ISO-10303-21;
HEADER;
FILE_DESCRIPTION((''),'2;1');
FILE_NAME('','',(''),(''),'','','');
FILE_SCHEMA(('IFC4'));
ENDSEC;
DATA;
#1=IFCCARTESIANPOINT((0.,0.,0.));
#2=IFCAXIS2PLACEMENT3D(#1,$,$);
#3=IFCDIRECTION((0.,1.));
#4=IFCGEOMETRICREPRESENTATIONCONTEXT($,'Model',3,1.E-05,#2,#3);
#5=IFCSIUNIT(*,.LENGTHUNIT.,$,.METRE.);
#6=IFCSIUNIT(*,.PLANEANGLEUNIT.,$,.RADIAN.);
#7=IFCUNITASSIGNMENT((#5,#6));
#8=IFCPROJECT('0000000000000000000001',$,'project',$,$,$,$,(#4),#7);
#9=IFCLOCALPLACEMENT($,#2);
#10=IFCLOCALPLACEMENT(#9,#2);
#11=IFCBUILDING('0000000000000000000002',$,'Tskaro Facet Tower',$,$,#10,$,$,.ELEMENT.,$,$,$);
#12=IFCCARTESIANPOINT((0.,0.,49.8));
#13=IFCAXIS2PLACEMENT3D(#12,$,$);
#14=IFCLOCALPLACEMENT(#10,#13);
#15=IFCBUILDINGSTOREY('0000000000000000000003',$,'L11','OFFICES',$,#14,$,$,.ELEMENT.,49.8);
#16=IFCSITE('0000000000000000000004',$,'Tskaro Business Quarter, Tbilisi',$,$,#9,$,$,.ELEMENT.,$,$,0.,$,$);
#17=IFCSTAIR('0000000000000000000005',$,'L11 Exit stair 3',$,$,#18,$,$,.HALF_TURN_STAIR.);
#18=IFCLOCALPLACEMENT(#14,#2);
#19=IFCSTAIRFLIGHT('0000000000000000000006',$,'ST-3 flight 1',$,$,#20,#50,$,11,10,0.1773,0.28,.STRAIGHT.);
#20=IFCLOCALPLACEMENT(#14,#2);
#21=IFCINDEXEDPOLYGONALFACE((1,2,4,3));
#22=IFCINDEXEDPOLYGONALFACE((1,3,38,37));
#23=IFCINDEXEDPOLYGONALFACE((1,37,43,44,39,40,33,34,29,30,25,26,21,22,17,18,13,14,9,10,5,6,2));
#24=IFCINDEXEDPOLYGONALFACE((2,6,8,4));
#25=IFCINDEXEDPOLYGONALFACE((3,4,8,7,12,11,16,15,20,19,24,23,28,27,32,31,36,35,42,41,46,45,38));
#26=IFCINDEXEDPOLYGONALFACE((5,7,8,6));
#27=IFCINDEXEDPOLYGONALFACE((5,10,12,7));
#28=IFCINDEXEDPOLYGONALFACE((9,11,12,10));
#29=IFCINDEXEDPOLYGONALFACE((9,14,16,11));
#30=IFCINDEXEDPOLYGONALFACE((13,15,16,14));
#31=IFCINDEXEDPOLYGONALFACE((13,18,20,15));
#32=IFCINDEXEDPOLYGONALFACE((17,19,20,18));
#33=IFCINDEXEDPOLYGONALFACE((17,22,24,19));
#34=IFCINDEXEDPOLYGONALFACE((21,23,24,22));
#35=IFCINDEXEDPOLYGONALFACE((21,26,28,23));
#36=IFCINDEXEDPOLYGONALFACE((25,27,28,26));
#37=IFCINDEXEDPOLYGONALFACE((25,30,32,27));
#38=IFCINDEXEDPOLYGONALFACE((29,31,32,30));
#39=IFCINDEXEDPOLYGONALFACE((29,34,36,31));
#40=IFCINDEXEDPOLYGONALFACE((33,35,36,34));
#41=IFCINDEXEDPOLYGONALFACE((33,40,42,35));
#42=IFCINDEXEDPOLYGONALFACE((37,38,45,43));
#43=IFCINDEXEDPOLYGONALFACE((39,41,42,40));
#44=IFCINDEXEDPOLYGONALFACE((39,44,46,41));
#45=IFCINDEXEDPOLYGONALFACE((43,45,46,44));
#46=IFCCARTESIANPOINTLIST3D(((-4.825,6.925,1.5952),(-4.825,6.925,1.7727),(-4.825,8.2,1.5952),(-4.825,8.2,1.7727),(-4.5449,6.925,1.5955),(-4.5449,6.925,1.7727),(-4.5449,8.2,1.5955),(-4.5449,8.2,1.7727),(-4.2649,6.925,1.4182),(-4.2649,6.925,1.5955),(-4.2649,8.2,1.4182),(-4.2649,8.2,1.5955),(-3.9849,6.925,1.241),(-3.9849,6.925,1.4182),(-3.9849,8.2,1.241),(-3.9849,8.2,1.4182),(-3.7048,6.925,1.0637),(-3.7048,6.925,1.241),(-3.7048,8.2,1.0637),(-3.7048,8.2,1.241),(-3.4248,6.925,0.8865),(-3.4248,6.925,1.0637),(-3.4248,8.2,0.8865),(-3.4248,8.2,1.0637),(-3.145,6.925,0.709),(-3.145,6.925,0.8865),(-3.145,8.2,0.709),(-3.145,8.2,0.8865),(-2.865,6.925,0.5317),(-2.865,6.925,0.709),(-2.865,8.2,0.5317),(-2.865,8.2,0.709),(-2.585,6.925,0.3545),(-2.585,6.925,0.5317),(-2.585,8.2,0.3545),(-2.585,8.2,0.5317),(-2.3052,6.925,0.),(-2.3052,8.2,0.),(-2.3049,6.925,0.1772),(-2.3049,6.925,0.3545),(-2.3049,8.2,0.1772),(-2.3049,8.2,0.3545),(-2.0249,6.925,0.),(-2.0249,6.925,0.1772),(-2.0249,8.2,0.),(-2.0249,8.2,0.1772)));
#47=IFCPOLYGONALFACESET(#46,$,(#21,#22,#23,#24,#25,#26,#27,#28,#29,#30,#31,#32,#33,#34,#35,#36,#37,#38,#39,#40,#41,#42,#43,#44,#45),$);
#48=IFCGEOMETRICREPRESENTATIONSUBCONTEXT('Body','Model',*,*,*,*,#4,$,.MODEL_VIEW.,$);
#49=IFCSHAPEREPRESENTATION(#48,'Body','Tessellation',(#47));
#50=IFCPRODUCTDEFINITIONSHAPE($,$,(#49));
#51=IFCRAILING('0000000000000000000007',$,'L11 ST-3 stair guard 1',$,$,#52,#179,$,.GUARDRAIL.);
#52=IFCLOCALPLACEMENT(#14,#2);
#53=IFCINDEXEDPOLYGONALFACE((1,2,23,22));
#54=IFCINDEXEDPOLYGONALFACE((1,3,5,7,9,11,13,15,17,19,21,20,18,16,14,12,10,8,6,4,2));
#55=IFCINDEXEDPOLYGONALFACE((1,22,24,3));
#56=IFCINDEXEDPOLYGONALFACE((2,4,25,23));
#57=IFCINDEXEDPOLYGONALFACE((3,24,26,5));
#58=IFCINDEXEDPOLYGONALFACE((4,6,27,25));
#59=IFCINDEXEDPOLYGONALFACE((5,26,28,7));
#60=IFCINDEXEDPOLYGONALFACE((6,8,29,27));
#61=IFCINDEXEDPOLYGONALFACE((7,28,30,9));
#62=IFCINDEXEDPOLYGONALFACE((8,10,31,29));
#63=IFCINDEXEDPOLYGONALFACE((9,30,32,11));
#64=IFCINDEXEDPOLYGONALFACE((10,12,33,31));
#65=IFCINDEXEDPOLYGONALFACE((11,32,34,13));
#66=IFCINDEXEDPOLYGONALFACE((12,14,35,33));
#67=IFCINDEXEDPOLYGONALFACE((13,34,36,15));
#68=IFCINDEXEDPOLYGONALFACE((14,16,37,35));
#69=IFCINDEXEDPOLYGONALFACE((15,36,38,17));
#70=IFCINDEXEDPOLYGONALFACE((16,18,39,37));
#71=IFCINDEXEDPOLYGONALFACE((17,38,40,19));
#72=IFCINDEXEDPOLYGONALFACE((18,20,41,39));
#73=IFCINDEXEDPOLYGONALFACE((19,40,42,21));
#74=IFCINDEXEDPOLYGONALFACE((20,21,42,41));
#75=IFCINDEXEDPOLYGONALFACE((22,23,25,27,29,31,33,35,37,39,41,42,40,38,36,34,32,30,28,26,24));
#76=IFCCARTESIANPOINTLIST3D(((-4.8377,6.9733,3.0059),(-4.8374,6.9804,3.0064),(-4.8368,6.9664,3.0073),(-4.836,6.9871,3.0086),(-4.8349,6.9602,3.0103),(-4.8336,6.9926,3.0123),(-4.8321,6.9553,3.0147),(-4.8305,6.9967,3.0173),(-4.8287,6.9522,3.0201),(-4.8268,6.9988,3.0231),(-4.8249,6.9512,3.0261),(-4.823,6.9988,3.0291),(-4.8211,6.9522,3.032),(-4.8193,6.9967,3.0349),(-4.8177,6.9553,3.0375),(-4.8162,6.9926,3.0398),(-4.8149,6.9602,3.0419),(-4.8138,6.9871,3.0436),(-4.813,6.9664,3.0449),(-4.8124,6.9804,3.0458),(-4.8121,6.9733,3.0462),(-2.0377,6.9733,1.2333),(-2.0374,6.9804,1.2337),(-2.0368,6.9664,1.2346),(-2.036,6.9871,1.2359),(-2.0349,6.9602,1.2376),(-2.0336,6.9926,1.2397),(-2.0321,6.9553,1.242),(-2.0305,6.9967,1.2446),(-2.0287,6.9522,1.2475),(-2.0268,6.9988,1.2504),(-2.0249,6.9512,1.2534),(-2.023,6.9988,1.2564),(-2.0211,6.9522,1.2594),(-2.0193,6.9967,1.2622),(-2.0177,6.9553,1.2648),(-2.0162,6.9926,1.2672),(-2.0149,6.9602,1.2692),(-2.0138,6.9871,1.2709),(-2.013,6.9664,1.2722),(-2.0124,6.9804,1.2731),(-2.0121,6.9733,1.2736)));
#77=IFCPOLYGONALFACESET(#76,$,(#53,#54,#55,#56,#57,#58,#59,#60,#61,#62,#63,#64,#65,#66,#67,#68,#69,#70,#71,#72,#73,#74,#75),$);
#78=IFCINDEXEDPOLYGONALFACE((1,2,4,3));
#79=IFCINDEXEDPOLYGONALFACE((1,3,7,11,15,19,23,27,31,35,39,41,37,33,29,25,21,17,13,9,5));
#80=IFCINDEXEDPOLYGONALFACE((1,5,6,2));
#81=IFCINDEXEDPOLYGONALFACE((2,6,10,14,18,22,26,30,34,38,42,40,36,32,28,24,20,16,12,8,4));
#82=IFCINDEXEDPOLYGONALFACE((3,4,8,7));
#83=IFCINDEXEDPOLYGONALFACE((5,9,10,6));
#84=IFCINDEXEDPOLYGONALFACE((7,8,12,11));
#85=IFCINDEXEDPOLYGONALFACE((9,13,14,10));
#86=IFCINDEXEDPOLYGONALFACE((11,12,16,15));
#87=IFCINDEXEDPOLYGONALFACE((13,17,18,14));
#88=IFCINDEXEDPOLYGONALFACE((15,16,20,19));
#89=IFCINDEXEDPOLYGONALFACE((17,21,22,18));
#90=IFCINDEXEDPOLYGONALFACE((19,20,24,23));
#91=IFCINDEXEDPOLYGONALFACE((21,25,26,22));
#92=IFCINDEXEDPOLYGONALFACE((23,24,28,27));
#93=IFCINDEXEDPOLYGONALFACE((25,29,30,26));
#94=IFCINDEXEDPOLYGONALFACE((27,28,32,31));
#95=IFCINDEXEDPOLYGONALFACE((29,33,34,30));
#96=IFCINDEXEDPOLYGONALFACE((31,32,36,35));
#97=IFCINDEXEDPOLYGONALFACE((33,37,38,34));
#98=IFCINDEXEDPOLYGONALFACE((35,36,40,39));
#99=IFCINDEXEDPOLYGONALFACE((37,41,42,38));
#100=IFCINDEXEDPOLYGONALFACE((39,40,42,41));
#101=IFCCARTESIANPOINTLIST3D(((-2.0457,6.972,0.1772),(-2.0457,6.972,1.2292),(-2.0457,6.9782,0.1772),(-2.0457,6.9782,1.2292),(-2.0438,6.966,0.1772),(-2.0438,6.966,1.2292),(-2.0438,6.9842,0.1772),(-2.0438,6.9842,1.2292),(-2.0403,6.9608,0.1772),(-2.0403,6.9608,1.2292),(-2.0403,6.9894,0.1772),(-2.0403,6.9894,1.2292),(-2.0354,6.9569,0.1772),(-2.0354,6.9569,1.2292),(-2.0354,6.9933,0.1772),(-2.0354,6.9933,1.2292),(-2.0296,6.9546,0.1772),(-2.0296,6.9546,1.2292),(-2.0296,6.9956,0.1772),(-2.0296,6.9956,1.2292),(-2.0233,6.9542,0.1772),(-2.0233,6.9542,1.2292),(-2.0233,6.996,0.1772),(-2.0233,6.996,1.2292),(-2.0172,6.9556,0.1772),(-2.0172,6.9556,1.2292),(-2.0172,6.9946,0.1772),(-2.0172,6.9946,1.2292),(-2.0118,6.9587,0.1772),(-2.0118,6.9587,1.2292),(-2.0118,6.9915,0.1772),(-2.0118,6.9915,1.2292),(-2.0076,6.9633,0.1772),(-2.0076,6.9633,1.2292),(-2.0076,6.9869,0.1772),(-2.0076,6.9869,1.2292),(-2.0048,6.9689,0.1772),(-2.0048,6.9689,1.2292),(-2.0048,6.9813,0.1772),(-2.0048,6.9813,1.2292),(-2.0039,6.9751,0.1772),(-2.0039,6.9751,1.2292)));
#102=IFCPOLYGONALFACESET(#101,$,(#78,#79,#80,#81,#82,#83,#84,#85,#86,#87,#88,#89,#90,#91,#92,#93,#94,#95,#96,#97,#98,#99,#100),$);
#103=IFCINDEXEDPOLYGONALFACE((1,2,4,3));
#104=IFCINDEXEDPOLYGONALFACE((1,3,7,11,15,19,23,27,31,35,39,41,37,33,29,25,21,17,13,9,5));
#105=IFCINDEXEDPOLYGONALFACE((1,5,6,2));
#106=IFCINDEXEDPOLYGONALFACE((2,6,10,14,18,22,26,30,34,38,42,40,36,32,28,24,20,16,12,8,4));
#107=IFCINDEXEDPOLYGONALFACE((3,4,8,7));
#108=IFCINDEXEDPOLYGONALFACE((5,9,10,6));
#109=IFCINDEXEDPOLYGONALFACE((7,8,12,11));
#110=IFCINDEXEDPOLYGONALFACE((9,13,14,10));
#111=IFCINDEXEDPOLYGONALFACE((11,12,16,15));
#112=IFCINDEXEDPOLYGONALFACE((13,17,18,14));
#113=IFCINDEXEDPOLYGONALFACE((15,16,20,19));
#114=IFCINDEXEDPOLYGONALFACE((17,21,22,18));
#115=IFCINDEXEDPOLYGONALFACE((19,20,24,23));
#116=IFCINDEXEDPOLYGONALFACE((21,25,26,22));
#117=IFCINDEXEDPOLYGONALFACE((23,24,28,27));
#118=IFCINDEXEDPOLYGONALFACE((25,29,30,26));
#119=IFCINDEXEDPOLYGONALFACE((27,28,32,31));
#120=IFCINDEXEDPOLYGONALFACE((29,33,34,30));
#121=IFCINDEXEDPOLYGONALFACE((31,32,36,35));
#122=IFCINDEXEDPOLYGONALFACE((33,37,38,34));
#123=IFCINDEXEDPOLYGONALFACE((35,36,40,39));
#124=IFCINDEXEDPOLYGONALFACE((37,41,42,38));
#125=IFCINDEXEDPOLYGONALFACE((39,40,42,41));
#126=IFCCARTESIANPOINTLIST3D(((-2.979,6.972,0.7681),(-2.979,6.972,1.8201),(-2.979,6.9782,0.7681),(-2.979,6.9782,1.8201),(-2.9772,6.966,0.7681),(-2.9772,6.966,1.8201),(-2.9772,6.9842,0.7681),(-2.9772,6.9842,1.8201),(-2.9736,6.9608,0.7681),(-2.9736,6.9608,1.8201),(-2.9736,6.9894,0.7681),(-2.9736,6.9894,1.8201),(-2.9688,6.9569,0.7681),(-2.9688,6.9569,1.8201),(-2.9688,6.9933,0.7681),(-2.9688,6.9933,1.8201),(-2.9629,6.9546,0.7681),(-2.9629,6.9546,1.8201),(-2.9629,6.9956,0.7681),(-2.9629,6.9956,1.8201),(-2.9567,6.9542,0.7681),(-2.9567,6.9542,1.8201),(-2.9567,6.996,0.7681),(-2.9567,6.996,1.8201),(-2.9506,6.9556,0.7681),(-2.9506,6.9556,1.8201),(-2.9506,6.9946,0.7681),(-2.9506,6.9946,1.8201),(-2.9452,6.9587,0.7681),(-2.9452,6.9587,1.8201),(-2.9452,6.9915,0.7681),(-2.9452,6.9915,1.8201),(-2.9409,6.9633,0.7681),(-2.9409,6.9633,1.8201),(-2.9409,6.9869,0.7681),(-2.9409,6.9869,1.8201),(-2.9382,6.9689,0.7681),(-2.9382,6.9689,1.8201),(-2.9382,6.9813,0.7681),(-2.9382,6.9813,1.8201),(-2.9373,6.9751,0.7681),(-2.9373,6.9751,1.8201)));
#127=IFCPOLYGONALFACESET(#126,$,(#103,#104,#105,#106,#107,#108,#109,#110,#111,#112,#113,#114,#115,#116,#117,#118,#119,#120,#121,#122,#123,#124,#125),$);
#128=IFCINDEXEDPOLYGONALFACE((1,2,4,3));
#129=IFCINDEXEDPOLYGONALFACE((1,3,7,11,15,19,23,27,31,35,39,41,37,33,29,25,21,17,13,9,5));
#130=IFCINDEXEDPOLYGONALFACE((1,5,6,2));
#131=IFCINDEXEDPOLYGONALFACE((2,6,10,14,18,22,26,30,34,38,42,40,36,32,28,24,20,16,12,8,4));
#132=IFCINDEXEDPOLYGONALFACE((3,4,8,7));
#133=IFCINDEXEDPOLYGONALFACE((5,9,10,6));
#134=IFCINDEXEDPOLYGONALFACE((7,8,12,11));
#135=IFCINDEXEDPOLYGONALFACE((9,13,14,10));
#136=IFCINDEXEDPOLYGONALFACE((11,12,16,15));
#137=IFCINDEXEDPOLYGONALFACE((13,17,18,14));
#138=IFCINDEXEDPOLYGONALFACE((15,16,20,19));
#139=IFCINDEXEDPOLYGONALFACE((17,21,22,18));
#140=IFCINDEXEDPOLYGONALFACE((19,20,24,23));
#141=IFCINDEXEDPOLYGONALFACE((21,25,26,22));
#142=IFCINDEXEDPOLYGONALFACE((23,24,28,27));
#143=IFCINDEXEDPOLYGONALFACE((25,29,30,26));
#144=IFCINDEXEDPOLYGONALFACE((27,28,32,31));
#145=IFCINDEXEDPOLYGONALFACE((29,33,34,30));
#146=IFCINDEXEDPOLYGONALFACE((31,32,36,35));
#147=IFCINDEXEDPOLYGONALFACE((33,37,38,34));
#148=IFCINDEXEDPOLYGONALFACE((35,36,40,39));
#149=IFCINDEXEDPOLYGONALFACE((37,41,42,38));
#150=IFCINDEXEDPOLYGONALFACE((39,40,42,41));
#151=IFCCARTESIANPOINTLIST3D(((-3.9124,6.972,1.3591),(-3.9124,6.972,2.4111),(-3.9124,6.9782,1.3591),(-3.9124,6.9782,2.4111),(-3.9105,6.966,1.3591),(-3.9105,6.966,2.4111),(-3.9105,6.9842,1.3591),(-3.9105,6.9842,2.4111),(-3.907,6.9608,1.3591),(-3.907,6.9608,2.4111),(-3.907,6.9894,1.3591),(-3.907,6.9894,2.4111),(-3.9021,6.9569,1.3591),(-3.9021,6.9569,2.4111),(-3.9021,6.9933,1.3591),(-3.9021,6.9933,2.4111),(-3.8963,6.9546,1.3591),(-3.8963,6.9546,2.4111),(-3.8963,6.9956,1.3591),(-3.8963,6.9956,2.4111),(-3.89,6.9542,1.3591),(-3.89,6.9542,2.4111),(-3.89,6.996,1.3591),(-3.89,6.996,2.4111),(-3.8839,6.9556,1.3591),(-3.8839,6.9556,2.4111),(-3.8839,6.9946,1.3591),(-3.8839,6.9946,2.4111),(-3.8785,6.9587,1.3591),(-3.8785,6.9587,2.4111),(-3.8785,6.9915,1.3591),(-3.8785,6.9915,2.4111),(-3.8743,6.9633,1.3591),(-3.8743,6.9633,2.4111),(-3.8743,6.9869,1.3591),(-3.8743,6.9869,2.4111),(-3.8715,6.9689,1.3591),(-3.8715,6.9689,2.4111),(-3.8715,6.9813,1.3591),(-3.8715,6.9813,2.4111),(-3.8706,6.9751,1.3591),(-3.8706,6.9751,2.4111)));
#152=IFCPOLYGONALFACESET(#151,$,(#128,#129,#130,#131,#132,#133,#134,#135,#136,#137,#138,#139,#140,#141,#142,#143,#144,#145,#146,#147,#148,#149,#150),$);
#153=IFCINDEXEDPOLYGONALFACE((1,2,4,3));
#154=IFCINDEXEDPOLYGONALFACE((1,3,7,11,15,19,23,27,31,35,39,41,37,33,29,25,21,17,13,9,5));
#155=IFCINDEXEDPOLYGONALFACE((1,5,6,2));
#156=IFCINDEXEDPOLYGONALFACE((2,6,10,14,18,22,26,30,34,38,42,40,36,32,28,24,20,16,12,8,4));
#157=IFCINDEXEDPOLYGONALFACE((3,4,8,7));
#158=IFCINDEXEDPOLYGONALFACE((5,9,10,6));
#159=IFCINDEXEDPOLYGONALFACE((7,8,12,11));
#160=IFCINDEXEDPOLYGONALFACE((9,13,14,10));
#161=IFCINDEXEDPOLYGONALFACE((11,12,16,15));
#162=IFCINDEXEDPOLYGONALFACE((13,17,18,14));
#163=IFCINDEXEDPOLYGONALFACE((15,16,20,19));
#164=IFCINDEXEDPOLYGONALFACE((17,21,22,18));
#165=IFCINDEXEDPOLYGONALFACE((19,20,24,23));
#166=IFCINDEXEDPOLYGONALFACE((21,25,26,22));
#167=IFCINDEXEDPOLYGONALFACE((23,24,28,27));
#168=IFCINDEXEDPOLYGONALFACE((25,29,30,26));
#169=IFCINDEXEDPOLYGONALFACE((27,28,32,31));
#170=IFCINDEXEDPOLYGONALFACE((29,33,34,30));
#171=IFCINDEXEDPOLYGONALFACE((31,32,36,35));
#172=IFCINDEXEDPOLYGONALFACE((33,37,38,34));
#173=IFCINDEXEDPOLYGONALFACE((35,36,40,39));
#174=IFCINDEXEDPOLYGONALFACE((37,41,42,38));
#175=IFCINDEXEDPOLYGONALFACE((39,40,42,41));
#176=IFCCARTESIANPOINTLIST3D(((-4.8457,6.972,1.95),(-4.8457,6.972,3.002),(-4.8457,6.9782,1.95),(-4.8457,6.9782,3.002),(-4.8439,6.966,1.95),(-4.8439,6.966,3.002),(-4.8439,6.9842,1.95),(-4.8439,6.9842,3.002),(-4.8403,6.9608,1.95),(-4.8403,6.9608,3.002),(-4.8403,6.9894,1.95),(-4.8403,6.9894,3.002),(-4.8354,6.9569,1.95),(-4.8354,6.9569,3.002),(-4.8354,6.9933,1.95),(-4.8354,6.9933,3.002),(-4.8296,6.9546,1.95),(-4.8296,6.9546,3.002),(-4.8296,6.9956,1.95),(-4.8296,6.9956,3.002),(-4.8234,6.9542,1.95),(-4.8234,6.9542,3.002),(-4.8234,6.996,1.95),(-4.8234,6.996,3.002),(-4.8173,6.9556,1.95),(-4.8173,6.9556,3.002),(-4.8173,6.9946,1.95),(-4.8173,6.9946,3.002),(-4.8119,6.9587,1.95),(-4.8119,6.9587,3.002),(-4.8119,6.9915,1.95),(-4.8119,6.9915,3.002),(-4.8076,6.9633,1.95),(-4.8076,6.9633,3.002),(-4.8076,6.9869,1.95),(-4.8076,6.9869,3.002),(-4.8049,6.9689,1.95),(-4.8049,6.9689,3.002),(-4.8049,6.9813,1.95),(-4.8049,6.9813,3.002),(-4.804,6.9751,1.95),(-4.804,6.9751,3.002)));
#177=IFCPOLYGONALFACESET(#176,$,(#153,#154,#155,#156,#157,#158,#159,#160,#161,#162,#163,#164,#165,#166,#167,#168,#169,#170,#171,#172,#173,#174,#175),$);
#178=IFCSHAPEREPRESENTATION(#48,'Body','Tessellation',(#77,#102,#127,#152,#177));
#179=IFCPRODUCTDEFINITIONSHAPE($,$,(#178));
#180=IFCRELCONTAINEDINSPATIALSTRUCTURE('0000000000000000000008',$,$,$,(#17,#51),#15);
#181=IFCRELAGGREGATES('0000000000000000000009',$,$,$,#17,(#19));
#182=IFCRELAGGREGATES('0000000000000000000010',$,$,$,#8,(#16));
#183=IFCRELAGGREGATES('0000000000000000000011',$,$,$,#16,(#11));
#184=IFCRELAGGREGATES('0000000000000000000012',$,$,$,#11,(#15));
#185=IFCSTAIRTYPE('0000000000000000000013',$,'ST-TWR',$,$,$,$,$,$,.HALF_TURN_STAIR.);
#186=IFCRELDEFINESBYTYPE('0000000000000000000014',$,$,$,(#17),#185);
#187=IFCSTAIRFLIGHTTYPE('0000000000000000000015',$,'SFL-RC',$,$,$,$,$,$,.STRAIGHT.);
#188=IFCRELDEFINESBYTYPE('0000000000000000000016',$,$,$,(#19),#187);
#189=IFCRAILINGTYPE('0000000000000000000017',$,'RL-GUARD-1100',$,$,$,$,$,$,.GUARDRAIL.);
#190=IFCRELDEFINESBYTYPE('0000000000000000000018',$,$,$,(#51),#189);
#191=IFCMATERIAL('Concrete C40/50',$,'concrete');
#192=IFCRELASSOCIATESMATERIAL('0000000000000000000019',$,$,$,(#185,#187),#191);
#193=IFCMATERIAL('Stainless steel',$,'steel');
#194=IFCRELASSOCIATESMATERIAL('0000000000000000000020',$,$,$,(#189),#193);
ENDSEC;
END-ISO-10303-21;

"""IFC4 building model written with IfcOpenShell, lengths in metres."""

from ifc_helpers import new_model, si_unit, direction, frame, origin, origin_2d, place, context, subcontext, project, spatial, polyline, circle, outline, extrude, material, type_object, element, aggregate, save


model = new_model("IFC4")

# Units and contexts
model_context = context("Model", 3, precision=1e-05, world=origin(), true_north=direction((0.0, 1.0)))
body_context = subcontext(model_context, "Body", "Model", "MODEL_VIEW")
ifc_project = project(units=[si_unit("LENGTHUNIT", "METRE"), si_unit("PLANEANGLEUNIT", "RADIAN")], contexts=[model_context])

# Site, building, storey
site_placement = place(None, origin())
site = spatial("IfcSite", under=ifc_project, at=site_placement, Name="Tskaro Business Quarter, Tbilisi", CompositionType="ELEMENT", RefElevation=0.0)
building_placement = place(site_placement, origin())
building = spatial("IfcBuilding", under=site, at=building_placement, Name="Tskaro Facet Tower", CompositionType="ELEMENT")
storey_placement = place(building_placement, frame((0.0, 0.0, 49.8)))
storey = spatial("IfcBuildingStorey", under=building, at=storey_placement, Name="L11", Description="OFFICES", CompositionType="ELEMENT", Elevation=49.8)

# Stair
ifc_material_1 = material(Name="Concrete C40/50", Category="concrete")
stair_type = type_object("IfcStairType", Name="ST-TWR", PredefinedType="HALF_TURN_STAIR", material=ifc_material_1)
stair_placement = place(storey_placement, origin())
stair = element("IfcStair", 1, at=stair_placement, inside=storey, type_object=stair_type, Name="L11 Exit stair 3", PredefinedType="HALF_TURN_STAIR")

# Stair flight
stair_flight_type = type_object("IfcStairFlightType", Name="SFL-RC", PredefinedType="STRAIGHT", material=ifc_material_1)
stair_flight_placement = place(storey_placement, frame((-2.0249, 7.5625, 0.0), z_axis=(0.0, 0.0, 1.0), x_axis=(-1.0, 0.0, 0.0)))
stair_flight = element("IfcStairFlight", 2, at=stair_flight_placement, type_object=stair_flight_type, Name="ST-3 flight 1", NumberOfRisers=11, NumberOfTreads=10, PredefinedType="STRAIGHT", RiserHeight=0.1773, TreadLength=0.28, context=body_context, shape_type="SweptSolid", body=[
    extrude(outline(polyline([(0.0, 0.0), (0.0, 0.1772), (0.28, 0.1772), (0.28, 0.3545), (0.5601, 0.3545), (0.5601, 0.5317), (0.8401, 0.5317), (0.8401, 0.709), (1.1201, 0.709), (1.1201, 0.8865), (1.3999, 0.8865), (1.3999, 1.0637), (1.6799, 1.0637), (1.6799, 1.241), (1.96, 1.241), (1.96, 1.4182), (2.24, 1.4182), (2.24, 1.5955), (2.52, 1.5955), (2.52, 1.7727), (2.8, 1.7727), (2.8, 1.95), (2.8, 1.5952), (0.2803, 0.0), (0.0, 0.0)])), frame((0.0, 0.6375, 0.0), z_axis=(0.0, -1.0, 0.0), x_axis=(1.0, 0.0, 0.0)), (0.0, 0.0, 1.0), 1.2749),
])
aggregate(stair, [stair_flight])

# Railing
ifc_material_2 = material(Name="Stainless steel", Category="steel")
railing_type_1 = type_object("IfcRailingType", Name="RL-GUARD-1100", PredefinedType="GUARDRAIL", material=ifc_material_2)
railing_1_placement = place(storey_placement, frame((-2.0249, 6.9751, 0.1772)))
element("IfcRailing", 3, at=railing_1_placement, inside=storey, type_object=railing_type_1, Name="L11 ST-3 stair guard 1", PredefinedType="GUARDRAIL", context=body_context, shape_type="SweptSolid", body=[
    extrude(circle(Radius=0.0239, at=origin_2d()), frame((0.0, 0.0, 1.0762), z_axis=(-0.844909, 0.0, 0.53491), x_axis=(0.0, -1.0, 0.0)), (0.0, 0.0, 1.0), 3.314),
    extrude(circle(Radius=0.021, at=origin_2d()), origin(), (0.0, 0.0, 1.0), 1.052),
    extrude(circle(Radius=0.021, at=origin_2d()), frame((-0.9333, 0.0, 0.5908)), (0.0, 0.0, 1.0), 1.052),
    extrude(circle(Radius=0.021, at=origin_2d()), frame((-1.8667, 0.0, 1.1819)), (0.0, 0.0, 1.0), 1.052),
    extrude(circle(Radius=0.021, at=origin_2d()), frame((-2.8, 0.0, 1.7727)), (0.0, 0.0, 1.0), 1.052),
])

save(model, "model.ifc")
